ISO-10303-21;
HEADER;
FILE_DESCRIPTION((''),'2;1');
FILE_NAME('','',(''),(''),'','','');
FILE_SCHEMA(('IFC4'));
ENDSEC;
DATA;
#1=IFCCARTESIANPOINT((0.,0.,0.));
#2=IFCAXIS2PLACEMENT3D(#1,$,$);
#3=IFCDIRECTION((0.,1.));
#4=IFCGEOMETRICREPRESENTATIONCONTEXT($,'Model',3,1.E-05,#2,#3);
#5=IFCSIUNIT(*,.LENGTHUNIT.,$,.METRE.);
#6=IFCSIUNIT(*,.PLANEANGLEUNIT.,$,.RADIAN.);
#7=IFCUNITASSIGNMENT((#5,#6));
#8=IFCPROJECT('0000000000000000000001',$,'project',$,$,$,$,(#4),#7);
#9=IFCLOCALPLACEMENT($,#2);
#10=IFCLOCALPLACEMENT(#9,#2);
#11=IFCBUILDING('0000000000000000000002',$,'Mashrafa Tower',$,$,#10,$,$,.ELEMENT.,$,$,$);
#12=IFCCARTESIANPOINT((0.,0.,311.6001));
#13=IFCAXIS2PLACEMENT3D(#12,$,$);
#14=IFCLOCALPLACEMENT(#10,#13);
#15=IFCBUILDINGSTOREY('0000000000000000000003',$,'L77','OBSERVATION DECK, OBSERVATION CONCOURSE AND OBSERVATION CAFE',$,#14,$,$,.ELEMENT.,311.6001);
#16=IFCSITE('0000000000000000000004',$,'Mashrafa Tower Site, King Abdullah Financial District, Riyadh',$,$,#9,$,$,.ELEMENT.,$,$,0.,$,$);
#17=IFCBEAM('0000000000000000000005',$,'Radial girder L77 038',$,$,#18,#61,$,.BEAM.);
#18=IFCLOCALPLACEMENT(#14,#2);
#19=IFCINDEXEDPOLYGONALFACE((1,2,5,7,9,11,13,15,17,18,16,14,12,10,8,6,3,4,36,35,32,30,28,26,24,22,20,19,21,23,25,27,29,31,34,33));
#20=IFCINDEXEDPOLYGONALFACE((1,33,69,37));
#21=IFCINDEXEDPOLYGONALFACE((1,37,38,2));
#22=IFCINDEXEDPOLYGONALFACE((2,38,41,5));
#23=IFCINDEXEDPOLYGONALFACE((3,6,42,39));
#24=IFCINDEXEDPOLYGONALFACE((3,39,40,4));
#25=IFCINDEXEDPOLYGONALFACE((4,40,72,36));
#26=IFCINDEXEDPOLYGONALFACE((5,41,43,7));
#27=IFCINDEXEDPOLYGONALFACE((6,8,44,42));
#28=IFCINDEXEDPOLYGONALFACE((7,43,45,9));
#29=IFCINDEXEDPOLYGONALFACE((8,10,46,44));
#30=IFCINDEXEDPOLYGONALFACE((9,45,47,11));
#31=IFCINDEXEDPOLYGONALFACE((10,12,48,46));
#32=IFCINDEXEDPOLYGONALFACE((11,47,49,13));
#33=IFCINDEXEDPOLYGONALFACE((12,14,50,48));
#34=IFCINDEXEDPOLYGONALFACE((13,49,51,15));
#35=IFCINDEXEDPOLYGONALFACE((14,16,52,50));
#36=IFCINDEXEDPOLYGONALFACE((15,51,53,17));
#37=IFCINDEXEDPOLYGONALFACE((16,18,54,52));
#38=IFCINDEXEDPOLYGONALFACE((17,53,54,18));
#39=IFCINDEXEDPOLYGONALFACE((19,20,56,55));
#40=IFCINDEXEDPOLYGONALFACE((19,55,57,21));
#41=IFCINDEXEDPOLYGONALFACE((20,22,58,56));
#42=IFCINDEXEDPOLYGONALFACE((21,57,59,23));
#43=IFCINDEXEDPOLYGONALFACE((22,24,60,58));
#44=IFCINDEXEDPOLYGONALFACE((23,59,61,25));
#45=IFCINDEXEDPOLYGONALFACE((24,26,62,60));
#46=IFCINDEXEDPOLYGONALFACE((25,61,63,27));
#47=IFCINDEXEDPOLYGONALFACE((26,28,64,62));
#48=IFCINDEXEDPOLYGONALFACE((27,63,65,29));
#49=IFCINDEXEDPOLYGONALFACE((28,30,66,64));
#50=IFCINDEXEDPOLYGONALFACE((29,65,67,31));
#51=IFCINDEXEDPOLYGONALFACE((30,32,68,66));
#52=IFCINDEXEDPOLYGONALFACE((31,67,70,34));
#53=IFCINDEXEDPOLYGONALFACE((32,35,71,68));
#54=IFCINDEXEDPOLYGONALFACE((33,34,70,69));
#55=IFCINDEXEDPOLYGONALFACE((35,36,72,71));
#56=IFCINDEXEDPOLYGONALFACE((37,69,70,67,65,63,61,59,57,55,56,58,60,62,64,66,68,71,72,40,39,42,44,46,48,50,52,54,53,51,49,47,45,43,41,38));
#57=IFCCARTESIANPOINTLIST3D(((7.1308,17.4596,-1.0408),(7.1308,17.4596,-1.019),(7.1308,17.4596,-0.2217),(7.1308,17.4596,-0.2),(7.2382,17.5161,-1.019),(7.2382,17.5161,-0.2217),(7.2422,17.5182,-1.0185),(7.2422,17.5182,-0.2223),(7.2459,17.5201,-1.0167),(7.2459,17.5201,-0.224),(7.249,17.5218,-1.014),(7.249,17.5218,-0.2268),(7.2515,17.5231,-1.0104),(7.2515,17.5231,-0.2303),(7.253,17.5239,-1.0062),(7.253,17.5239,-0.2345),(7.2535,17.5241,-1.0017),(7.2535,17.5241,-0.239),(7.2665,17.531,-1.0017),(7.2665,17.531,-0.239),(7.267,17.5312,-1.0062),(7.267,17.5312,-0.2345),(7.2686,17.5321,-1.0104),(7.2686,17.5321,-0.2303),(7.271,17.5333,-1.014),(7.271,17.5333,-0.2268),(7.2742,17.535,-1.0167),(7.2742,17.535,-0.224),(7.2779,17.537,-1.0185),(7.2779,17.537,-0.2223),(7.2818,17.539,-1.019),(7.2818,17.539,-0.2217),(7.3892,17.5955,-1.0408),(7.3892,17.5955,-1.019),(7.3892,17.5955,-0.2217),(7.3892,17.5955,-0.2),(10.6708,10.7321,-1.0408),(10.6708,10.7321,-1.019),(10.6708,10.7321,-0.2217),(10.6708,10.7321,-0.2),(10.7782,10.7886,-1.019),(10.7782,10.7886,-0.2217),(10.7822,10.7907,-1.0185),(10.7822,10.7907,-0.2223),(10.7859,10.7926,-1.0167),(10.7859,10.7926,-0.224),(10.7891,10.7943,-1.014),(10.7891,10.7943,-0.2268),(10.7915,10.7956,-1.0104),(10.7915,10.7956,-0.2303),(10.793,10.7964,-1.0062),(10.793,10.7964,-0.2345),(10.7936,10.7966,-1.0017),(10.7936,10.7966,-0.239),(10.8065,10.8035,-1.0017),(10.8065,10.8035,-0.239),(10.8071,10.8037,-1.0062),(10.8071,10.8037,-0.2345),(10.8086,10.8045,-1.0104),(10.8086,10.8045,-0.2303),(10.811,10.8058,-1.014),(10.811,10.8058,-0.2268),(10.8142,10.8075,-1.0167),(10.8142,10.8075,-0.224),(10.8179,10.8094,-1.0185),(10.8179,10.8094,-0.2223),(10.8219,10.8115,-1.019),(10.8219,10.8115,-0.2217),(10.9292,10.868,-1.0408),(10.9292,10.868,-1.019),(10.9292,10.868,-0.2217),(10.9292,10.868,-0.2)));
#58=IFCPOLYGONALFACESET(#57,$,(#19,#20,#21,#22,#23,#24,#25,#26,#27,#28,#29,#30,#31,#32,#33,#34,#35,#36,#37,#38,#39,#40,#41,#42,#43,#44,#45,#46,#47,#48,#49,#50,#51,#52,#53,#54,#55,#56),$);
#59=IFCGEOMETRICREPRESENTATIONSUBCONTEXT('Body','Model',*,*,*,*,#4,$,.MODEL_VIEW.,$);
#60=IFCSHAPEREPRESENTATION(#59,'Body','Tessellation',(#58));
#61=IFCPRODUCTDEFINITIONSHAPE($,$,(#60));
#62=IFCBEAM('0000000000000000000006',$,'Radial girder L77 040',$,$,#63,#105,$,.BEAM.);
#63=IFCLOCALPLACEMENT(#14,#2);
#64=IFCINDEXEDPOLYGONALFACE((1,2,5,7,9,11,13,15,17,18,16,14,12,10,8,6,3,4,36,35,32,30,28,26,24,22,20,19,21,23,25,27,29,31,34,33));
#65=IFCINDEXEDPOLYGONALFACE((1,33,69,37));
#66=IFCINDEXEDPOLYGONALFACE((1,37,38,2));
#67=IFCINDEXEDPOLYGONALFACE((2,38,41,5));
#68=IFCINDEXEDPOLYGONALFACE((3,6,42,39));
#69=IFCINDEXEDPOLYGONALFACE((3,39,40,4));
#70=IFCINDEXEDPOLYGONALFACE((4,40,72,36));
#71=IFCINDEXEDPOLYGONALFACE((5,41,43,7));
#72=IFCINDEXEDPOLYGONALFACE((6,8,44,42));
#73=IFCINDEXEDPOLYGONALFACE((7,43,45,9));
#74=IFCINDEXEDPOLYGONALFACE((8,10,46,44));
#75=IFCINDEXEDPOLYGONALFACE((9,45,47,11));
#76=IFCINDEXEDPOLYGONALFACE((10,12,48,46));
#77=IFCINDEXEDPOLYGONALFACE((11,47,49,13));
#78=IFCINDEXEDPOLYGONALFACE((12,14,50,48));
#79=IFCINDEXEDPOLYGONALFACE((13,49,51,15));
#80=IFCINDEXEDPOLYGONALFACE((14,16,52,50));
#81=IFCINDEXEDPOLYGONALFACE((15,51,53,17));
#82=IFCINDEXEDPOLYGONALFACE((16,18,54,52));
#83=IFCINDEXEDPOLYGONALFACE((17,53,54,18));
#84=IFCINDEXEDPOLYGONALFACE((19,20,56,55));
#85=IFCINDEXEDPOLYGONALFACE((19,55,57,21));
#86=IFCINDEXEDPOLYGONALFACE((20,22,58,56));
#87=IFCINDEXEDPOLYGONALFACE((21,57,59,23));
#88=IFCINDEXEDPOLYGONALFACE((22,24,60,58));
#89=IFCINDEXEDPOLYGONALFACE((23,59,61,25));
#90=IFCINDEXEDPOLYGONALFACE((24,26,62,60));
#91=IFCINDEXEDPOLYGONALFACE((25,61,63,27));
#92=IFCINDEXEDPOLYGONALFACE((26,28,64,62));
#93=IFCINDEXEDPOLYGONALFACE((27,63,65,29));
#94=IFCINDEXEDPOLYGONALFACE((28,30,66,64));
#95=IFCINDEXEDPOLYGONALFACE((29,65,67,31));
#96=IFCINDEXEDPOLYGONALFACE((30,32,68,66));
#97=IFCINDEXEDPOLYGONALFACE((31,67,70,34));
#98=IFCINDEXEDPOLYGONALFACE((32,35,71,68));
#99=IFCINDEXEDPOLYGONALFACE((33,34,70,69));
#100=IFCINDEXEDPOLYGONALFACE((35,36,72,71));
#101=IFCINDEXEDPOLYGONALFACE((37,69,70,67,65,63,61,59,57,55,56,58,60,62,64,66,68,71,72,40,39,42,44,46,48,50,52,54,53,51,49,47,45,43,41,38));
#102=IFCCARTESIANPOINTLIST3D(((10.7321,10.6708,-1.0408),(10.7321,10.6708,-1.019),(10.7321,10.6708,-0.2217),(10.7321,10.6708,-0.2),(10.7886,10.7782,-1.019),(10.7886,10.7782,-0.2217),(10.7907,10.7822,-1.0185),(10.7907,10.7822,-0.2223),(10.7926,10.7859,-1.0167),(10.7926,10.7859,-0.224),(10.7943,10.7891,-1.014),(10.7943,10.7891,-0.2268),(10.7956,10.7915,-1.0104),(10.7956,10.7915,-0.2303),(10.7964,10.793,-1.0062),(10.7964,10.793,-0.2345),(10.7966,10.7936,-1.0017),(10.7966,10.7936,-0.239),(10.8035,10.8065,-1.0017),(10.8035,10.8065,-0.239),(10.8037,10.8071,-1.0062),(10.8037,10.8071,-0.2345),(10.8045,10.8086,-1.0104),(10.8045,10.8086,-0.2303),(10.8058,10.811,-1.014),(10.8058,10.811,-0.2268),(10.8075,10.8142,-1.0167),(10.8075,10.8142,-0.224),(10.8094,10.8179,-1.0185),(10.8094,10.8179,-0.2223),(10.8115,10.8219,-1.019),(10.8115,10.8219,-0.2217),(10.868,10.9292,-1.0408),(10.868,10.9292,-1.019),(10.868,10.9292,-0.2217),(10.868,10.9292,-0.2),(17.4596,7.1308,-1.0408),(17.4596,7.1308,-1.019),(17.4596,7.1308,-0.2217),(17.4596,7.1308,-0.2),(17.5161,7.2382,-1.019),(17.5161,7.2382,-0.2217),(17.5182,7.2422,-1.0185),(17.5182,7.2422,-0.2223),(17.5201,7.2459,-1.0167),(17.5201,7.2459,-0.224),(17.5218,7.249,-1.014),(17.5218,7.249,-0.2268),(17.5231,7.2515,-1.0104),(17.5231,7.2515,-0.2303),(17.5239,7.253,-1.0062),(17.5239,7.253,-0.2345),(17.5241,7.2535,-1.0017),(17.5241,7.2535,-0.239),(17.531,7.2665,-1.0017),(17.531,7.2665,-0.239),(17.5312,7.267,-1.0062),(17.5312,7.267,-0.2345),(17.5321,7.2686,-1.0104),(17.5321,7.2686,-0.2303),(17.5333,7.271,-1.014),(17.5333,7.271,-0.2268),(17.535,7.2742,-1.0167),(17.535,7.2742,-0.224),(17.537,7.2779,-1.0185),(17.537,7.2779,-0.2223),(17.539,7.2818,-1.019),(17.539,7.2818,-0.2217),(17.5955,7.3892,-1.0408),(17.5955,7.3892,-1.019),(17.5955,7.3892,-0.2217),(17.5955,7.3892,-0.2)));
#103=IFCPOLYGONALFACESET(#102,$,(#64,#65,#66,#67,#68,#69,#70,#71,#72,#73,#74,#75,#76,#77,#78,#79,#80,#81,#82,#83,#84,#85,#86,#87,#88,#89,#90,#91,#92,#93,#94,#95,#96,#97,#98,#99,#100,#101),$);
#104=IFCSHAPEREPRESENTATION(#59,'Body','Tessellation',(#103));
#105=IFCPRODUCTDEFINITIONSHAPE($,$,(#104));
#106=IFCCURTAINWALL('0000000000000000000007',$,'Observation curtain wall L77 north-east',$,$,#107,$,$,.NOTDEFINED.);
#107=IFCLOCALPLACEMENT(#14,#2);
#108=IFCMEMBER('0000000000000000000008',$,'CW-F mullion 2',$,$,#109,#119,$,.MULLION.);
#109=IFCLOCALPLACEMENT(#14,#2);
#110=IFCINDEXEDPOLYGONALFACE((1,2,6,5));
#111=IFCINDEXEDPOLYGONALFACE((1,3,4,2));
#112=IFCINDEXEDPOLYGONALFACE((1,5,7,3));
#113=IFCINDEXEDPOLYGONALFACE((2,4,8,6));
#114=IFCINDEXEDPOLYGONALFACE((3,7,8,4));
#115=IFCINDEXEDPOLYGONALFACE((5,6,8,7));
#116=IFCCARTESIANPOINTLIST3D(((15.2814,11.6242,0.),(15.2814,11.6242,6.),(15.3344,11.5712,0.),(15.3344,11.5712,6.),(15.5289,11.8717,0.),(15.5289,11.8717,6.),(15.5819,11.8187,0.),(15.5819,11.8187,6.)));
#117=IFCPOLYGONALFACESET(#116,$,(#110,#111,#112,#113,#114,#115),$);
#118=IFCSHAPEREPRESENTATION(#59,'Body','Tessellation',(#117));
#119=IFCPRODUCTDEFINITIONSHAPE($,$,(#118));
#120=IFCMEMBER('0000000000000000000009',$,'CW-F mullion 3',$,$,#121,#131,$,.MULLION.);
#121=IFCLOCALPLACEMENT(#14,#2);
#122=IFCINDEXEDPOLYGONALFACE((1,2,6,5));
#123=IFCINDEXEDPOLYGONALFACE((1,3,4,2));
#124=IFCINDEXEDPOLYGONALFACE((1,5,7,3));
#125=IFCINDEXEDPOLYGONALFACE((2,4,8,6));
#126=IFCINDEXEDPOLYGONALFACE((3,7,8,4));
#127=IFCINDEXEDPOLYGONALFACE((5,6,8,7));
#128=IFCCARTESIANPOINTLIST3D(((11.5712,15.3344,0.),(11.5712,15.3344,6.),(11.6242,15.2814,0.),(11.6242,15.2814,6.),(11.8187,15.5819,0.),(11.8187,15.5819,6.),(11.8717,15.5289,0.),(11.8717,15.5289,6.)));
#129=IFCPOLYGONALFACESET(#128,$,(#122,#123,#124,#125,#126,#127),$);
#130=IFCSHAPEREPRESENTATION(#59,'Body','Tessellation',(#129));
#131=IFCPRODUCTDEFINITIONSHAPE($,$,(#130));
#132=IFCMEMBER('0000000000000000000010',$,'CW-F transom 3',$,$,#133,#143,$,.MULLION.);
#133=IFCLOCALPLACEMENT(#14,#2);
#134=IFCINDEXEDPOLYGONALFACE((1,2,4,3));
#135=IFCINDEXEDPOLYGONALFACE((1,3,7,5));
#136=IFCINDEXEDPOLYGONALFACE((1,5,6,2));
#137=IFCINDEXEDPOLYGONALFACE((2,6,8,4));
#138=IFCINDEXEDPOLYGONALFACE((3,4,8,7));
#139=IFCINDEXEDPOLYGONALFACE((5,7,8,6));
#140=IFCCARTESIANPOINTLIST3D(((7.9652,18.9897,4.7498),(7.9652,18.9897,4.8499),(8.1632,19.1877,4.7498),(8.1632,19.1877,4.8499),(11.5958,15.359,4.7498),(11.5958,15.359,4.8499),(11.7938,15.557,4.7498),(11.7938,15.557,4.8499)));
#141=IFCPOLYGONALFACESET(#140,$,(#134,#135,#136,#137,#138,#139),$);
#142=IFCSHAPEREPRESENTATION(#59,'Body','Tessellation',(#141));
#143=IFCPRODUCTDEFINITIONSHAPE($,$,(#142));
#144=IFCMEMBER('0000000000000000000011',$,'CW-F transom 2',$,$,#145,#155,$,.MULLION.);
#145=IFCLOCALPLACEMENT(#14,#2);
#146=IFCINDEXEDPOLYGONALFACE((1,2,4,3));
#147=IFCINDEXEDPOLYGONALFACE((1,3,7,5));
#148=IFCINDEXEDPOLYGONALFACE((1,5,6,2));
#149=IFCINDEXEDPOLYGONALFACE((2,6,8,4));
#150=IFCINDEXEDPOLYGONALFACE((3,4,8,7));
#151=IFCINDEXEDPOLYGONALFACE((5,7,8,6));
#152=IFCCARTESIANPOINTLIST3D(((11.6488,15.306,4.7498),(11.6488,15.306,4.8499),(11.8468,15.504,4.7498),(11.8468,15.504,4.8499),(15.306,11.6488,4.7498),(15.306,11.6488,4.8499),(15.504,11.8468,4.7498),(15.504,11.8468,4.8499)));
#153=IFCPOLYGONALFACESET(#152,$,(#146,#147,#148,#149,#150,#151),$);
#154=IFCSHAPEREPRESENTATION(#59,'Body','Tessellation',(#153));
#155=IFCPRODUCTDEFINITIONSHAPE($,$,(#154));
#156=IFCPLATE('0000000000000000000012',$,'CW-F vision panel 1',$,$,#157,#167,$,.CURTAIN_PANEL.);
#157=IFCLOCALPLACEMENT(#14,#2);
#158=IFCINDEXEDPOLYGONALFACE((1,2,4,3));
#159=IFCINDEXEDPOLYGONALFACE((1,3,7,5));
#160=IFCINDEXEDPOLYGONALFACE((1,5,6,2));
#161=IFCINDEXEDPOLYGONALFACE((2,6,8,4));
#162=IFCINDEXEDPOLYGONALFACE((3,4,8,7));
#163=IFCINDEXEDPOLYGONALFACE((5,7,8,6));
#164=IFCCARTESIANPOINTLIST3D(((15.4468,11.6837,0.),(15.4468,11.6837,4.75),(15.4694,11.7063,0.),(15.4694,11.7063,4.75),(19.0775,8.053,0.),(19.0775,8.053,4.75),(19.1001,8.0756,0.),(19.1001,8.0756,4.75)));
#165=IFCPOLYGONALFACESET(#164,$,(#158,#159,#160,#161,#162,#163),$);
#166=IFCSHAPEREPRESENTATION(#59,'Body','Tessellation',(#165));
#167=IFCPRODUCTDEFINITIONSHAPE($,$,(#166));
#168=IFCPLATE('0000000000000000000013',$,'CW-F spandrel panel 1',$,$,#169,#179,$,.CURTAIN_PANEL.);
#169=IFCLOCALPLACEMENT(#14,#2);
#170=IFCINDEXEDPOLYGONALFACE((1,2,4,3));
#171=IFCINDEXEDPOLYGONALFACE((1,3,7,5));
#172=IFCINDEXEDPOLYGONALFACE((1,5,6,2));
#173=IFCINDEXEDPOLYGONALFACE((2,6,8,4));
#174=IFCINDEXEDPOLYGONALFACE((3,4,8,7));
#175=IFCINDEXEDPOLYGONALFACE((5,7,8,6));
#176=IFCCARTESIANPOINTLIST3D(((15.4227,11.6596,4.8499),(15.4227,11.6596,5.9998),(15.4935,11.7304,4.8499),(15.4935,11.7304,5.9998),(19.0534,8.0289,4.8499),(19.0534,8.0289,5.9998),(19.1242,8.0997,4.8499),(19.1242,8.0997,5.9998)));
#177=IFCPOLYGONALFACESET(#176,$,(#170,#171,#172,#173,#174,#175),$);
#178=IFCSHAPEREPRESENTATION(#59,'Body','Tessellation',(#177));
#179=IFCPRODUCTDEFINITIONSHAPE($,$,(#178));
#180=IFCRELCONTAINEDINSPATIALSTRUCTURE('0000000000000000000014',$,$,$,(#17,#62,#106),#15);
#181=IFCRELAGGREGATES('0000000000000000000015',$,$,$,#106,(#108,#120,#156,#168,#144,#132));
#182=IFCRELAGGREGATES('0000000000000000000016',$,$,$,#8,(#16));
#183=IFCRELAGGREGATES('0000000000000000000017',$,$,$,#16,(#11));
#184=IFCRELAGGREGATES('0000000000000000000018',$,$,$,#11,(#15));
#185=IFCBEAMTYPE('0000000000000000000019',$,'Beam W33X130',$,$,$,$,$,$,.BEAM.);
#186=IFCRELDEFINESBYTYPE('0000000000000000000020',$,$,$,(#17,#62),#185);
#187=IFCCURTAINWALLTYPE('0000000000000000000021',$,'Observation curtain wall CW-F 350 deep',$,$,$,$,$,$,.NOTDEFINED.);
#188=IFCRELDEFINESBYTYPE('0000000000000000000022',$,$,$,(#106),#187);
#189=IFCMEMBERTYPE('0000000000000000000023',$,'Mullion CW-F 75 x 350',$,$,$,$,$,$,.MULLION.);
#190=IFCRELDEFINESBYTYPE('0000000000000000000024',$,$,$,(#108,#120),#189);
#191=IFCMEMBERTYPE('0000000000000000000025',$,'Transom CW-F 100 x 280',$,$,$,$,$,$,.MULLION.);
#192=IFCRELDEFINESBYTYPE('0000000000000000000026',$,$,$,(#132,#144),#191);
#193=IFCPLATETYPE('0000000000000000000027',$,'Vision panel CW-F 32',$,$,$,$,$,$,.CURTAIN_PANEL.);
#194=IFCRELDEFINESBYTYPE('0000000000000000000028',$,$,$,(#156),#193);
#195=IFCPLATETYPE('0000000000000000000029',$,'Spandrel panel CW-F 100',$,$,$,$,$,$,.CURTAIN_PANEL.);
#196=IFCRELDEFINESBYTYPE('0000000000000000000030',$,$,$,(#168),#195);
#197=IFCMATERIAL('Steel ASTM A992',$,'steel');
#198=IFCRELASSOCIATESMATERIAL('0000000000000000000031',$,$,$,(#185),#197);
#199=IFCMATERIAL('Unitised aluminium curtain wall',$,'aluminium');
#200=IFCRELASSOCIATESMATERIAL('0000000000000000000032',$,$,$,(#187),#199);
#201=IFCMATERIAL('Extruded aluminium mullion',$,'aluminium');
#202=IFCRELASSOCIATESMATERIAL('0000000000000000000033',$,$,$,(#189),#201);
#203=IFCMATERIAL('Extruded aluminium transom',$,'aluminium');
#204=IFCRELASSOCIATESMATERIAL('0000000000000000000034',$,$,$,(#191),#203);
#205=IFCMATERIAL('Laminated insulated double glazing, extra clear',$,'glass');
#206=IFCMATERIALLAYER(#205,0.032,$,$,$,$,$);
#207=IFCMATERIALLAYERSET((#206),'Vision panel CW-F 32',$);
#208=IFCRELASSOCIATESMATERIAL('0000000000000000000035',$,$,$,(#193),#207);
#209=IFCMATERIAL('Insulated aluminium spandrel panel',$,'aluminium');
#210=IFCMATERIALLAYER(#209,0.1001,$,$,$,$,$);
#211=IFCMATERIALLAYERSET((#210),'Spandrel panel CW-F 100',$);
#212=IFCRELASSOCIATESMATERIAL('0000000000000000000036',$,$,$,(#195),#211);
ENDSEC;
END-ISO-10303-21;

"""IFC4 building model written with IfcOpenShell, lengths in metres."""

from ifc_helpers import new_model, si_unit, direction, frame, origin, origin_2d, place, context, subcontext, project, spatial, rectangle, i_section, extrude, source, transform, mapped, material, layer, layer_set, material_profile, profile_set, type_object, type_shapes, element, aggregate, save


model = new_model("IFC4")

# Units and contexts
model_context = context("Model", 3, precision=1e-05, world=origin(), true_north=direction((0.0, 1.0)))
body_context = subcontext(model_context, "Body", "Model", "MODEL_VIEW")
ifc_project = project(units=[si_unit("LENGTHUNIT", "METRE"), si_unit("PLANEANGLEUNIT", "RADIAN")], contexts=[model_context])

# Site, building, storey
site_placement = place(None, origin())
site = spatial("IfcSite", under=ifc_project, at=site_placement, Name="Mashrafa Tower Site, King Abdullah Financial District, Riyadh", CompositionType="ELEMENT", RefElevation=0.0)
building_placement = place(site_placement, origin())
building = spatial("IfcBuilding", under=site, at=building_placement, Name="Mashrafa Tower", CompositionType="ELEMENT")
storey_placement = place(building_placement, frame((0.0, 0.0, 311.6001)))
storey = spatial("IfcBuildingStorey", under=building, at=storey_placement, Name="L77", Description="OBSERVATION DECK, OBSERVATION CONCOURSE AND OBSERVATION CAFE", CompositionType="ELEMENT", Elevation=311.6001)

# Beams
ifc_material_1 = material(Name="Steel ASTM A992", Category="steel")
ifc_material_profile_1 = material_profile(ifc_material_1, i_section(OverallWidth=0.292, OverallDepth=0.8408, WebThickness=0.0146, FlangeThickness=0.0217, FilletRadius=0.0173, at=origin_2d()), Name="W33X130")
ifc_profile_set_1 = profile_set([ifc_material_profile_1], Name="Steel ASTM A992")
beam_type_1 = type_object("IfcBeamType", Name="Beam W33X130", PredefinedType="BEAM", material=ifc_profile_set_1)
for number, where, z_axis, x_axis, name in (
    (1, (10.8, 10.8, -0.6204), (-0.465667, 0.88496, 0.0), (-0.88496, -0.465667, 0.0), "Radial girder L77 038"),
    (2, (10.8, 10.8, -0.6204), (0.88496, -0.465667, 0.0), (0.465667, 0.88496, 0.0), "Radial girder L77 040"),
):
    element("IfcBeam", number, at=place(storey_placement, frame(where, z_axis=z_axis, x_axis=x_axis)), inside=storey, type_object=beam_type_1, Name=name, PredefinedType="BEAM", context=body_context, shape_type="SweptSolid", body=[
        extrude(i_section(OverallWidth=0.292, OverallDepth=0.8408, WebThickness=0.0146, FlangeThickness=0.0217, FilletRadius=0.0173, at=origin_2d()), origin(), (0.0, 0.0, 1.0), 7.6021),
    ])

# Curtain wall, members, plates
ifc_material_2 = material(Name="Unitised aluminium curtain wall", Category="aluminium")
curtain_wall_type = type_object("IfcCurtainWallType", Name="Observation curtain wall CW-F 350 deep", PredefinedType="NOTDEFINED", material=ifc_material_2)
curtain_wall_placement = place(storey_placement, origin())
curtain_wall = element("IfcCurtainWall", 3, at=curtain_wall_placement, inside=storey, type_object=curtain_wall_type, Name="Observation curtain wall L77 north-east", PredefinedType="NOTDEFINED")
ifc_material_3 = material(Name="Extruded aluminium mullion", Category="aluminium")
ifc_material_profile_2 = material_profile(ifc_material_3, rectangle(XDim=0.3501, YDim=0.075, at=origin_2d()), Name="Mullion 75x350")
ifc_profile_set_2 = profile_set([ifc_material_profile_2], Name="Extruded aluminium mullion")
member_type_1 = type_object("IfcMemberType", Name="Mullion CW-F 75 x 350", PredefinedType="MULLION", material=ifc_profile_set_2)
shared_shape_1 = source(origin(), body_context, "Body", "SweptSolid", [
    extrude(rectangle(XDim=0.3501, YDim=0.075, at=origin_2d()), origin(), (0.0, 0.0, 1.0), 6.0),
])
type_shapes(member_type_1, [shared_shape_1])
member_1_placement = place(storey_placement, frame((15.4316, 11.7214, 0.0), z_axis=(0.0, 0.0, 1.0), x_axis=(-0.707107, -0.707107, 0.0)))
member_1 = element("IfcMember", 4, at=member_1_placement, type_object=member_type_1, Name="CW-F mullion 2", PredefinedType="MULLION", context=body_context, shape_type="MappedRepresentation", body=[
    mapped(shared_shape_1, transform((0.0, 0.0, 0.0))),
])
member_2_placement = place(storey_placement, frame((11.7214, 15.4316, 0.0), z_axis=(0.0, 0.0, 1.0), x_axis=(-0.707107, -0.707107, 0.0)))
member_2 = element("IfcMember", 5, at=member_2_placement, type_object=member_type_1, Name="CW-F mullion 3", PredefinedType="MULLION", context=body_context, shape_type="MappedRepresentation", body=[
    mapped(shared_shape_1, transform((0.0, 0.0, 0.0))),
])
ifc_material_4 = material(Name="Extruded aluminium transom", Category="aluminium")
ifc_material_profile_3 = material_profile(ifc_material_4, rectangle(XDim=0.28, YDim=0.1001, at=origin_2d()), Name="Transom 100x280")
ifc_profile_set_3 = profile_set([ifc_material_profile_3], Name="Extruded aluminium transom")
member_type_2 = type_object("IfcMemberType", Name="Transom CW-F 100 x 280", PredefinedType="MULLION", material=ifc_profile_set_3)
shared_shape_2 = source(origin(), body_context, "Body", "SweptSolid", [
    extrude(rectangle(XDim=0.28, YDim=0.1001, at=origin_2d()), origin(), (0.0, 0.0, 1.0), 5.1345),
])
member_3_placement = place(storey_placement, frame((11.6948, 15.458, 4.7998), z_axis=(-0.707107, 0.707107, 0.0), x_axis=(-0.707107, -0.707107, 0.0)))
member_3 = element("IfcMember", 6, at=member_3_placement, type_object=member_type_2, Name="CW-F transom 3", PredefinedType="MULLION", context=body_context, shape_type="MappedRepresentation", body=[
    mapped(shared_shape_2, transform((0.0, 0.0, 0.0))),
])
shared_shape_3 = source(origin(), body_context, "Body", "SweptSolid", [
    extrude(rectangle(XDim=0.28, YDim=0.1001, at=origin_2d()), origin(), (0.0, 0.0, 1.0), 5.1721),
])
type_shapes(member_type_2, [shared_shape_2, shared_shape_3])
member_4_placement = place(storey_placement, frame((15.405, 11.7478, 4.7998), z_axis=(-0.707107, 0.707107, 0.0), x_axis=(-0.707107, -0.707107, 0.0)))
member_4 = element("IfcMember", 7, at=member_4_placement, type_object=member_type_2, Name="CW-F transom 2", PredefinedType="MULLION", context=body_context, shape_type="MappedRepresentation", body=[
    mapped(shared_shape_3, transform((0.0, 0.0, 0.0))),
])
ifc_material_5 = material(Name="Laminated insulated double glazing, extra clear", Category="glass")
ifc_layer_1 = layer(ifc_material_5, 0.032)
ifc_layer_set_1 = layer_set([ifc_layer_1], Name="Vision panel CW-F 32")
plate_type_1 = type_object("IfcPlateType", Name="Vision panel CW-F 32", PredefinedType="CURTAIN_PANEL", material=ifc_layer_set_1)
shared_shape_4 = source(origin(), body_context, "Body", "SweptSolid", [
    extrude(rectangle(XDim=5.1345, YDim=0.032, at=origin_2d()), origin(), (0.0, 0.0, 1.0), 4.75),
])
plate_1_placement = place(storey_placement, frame((17.2734, 9.8796, 0.0), z_axis=(0.0, 0.0, 1.0), x_axis=(-0.707107, 0.707107, 0.0)))
plate_1 = element("IfcPlate", 8, at=plate_1_placement, type_object=plate_type_1, Name="CW-F vision panel 1", PredefinedType="CURTAIN_PANEL", context=body_context, shape_type="MappedRepresentation", body=[
    mapped(shared_shape_4, transform((0.0, 0.0, 0.0))),
])
ifc_material_6 = material(Name="Insulated aluminium spandrel panel", Category="aluminium")
ifc_layer_2 = layer(ifc_material_6, 0.1001)
ifc_layer_set_2 = layer_set([ifc_layer_2], Name="Spandrel panel CW-F 100")
plate_type_2 = type_object("IfcPlateType", Name="Spandrel panel CW-F 100", PredefinedType="CURTAIN_PANEL", material=ifc_layer_set_2)
shared_shape_5 = source(origin(), body_context, "Body", "SweptSolid", [
    extrude(rectangle(XDim=5.1345, YDim=0.1001, at=origin_2d()), origin(), (0.0, 0.0, 1.0), 1.1499),
])
plate_2_placement = place(storey_placement, frame((17.2734, 9.8796, 4.8499), z_axis=(0.0, 0.0, 1.0), x_axis=(-0.707107, 0.707107, 0.0)))
plate_2 = element("IfcPlate", 9, at=plate_2_placement, type_object=plate_type_2, Name="CW-F spandrel panel 1", PredefinedType="CURTAIN_PANEL", context=body_context, shape_type="MappedRepresentation", body=[
    mapped(shared_shape_5, transform((0.0, 0.0, 0.0))),
])
aggregate(curtain_wall, [member_1, member_2, plate_1, plate_2, member_4, member_3])

save(model, "model.ifc")
